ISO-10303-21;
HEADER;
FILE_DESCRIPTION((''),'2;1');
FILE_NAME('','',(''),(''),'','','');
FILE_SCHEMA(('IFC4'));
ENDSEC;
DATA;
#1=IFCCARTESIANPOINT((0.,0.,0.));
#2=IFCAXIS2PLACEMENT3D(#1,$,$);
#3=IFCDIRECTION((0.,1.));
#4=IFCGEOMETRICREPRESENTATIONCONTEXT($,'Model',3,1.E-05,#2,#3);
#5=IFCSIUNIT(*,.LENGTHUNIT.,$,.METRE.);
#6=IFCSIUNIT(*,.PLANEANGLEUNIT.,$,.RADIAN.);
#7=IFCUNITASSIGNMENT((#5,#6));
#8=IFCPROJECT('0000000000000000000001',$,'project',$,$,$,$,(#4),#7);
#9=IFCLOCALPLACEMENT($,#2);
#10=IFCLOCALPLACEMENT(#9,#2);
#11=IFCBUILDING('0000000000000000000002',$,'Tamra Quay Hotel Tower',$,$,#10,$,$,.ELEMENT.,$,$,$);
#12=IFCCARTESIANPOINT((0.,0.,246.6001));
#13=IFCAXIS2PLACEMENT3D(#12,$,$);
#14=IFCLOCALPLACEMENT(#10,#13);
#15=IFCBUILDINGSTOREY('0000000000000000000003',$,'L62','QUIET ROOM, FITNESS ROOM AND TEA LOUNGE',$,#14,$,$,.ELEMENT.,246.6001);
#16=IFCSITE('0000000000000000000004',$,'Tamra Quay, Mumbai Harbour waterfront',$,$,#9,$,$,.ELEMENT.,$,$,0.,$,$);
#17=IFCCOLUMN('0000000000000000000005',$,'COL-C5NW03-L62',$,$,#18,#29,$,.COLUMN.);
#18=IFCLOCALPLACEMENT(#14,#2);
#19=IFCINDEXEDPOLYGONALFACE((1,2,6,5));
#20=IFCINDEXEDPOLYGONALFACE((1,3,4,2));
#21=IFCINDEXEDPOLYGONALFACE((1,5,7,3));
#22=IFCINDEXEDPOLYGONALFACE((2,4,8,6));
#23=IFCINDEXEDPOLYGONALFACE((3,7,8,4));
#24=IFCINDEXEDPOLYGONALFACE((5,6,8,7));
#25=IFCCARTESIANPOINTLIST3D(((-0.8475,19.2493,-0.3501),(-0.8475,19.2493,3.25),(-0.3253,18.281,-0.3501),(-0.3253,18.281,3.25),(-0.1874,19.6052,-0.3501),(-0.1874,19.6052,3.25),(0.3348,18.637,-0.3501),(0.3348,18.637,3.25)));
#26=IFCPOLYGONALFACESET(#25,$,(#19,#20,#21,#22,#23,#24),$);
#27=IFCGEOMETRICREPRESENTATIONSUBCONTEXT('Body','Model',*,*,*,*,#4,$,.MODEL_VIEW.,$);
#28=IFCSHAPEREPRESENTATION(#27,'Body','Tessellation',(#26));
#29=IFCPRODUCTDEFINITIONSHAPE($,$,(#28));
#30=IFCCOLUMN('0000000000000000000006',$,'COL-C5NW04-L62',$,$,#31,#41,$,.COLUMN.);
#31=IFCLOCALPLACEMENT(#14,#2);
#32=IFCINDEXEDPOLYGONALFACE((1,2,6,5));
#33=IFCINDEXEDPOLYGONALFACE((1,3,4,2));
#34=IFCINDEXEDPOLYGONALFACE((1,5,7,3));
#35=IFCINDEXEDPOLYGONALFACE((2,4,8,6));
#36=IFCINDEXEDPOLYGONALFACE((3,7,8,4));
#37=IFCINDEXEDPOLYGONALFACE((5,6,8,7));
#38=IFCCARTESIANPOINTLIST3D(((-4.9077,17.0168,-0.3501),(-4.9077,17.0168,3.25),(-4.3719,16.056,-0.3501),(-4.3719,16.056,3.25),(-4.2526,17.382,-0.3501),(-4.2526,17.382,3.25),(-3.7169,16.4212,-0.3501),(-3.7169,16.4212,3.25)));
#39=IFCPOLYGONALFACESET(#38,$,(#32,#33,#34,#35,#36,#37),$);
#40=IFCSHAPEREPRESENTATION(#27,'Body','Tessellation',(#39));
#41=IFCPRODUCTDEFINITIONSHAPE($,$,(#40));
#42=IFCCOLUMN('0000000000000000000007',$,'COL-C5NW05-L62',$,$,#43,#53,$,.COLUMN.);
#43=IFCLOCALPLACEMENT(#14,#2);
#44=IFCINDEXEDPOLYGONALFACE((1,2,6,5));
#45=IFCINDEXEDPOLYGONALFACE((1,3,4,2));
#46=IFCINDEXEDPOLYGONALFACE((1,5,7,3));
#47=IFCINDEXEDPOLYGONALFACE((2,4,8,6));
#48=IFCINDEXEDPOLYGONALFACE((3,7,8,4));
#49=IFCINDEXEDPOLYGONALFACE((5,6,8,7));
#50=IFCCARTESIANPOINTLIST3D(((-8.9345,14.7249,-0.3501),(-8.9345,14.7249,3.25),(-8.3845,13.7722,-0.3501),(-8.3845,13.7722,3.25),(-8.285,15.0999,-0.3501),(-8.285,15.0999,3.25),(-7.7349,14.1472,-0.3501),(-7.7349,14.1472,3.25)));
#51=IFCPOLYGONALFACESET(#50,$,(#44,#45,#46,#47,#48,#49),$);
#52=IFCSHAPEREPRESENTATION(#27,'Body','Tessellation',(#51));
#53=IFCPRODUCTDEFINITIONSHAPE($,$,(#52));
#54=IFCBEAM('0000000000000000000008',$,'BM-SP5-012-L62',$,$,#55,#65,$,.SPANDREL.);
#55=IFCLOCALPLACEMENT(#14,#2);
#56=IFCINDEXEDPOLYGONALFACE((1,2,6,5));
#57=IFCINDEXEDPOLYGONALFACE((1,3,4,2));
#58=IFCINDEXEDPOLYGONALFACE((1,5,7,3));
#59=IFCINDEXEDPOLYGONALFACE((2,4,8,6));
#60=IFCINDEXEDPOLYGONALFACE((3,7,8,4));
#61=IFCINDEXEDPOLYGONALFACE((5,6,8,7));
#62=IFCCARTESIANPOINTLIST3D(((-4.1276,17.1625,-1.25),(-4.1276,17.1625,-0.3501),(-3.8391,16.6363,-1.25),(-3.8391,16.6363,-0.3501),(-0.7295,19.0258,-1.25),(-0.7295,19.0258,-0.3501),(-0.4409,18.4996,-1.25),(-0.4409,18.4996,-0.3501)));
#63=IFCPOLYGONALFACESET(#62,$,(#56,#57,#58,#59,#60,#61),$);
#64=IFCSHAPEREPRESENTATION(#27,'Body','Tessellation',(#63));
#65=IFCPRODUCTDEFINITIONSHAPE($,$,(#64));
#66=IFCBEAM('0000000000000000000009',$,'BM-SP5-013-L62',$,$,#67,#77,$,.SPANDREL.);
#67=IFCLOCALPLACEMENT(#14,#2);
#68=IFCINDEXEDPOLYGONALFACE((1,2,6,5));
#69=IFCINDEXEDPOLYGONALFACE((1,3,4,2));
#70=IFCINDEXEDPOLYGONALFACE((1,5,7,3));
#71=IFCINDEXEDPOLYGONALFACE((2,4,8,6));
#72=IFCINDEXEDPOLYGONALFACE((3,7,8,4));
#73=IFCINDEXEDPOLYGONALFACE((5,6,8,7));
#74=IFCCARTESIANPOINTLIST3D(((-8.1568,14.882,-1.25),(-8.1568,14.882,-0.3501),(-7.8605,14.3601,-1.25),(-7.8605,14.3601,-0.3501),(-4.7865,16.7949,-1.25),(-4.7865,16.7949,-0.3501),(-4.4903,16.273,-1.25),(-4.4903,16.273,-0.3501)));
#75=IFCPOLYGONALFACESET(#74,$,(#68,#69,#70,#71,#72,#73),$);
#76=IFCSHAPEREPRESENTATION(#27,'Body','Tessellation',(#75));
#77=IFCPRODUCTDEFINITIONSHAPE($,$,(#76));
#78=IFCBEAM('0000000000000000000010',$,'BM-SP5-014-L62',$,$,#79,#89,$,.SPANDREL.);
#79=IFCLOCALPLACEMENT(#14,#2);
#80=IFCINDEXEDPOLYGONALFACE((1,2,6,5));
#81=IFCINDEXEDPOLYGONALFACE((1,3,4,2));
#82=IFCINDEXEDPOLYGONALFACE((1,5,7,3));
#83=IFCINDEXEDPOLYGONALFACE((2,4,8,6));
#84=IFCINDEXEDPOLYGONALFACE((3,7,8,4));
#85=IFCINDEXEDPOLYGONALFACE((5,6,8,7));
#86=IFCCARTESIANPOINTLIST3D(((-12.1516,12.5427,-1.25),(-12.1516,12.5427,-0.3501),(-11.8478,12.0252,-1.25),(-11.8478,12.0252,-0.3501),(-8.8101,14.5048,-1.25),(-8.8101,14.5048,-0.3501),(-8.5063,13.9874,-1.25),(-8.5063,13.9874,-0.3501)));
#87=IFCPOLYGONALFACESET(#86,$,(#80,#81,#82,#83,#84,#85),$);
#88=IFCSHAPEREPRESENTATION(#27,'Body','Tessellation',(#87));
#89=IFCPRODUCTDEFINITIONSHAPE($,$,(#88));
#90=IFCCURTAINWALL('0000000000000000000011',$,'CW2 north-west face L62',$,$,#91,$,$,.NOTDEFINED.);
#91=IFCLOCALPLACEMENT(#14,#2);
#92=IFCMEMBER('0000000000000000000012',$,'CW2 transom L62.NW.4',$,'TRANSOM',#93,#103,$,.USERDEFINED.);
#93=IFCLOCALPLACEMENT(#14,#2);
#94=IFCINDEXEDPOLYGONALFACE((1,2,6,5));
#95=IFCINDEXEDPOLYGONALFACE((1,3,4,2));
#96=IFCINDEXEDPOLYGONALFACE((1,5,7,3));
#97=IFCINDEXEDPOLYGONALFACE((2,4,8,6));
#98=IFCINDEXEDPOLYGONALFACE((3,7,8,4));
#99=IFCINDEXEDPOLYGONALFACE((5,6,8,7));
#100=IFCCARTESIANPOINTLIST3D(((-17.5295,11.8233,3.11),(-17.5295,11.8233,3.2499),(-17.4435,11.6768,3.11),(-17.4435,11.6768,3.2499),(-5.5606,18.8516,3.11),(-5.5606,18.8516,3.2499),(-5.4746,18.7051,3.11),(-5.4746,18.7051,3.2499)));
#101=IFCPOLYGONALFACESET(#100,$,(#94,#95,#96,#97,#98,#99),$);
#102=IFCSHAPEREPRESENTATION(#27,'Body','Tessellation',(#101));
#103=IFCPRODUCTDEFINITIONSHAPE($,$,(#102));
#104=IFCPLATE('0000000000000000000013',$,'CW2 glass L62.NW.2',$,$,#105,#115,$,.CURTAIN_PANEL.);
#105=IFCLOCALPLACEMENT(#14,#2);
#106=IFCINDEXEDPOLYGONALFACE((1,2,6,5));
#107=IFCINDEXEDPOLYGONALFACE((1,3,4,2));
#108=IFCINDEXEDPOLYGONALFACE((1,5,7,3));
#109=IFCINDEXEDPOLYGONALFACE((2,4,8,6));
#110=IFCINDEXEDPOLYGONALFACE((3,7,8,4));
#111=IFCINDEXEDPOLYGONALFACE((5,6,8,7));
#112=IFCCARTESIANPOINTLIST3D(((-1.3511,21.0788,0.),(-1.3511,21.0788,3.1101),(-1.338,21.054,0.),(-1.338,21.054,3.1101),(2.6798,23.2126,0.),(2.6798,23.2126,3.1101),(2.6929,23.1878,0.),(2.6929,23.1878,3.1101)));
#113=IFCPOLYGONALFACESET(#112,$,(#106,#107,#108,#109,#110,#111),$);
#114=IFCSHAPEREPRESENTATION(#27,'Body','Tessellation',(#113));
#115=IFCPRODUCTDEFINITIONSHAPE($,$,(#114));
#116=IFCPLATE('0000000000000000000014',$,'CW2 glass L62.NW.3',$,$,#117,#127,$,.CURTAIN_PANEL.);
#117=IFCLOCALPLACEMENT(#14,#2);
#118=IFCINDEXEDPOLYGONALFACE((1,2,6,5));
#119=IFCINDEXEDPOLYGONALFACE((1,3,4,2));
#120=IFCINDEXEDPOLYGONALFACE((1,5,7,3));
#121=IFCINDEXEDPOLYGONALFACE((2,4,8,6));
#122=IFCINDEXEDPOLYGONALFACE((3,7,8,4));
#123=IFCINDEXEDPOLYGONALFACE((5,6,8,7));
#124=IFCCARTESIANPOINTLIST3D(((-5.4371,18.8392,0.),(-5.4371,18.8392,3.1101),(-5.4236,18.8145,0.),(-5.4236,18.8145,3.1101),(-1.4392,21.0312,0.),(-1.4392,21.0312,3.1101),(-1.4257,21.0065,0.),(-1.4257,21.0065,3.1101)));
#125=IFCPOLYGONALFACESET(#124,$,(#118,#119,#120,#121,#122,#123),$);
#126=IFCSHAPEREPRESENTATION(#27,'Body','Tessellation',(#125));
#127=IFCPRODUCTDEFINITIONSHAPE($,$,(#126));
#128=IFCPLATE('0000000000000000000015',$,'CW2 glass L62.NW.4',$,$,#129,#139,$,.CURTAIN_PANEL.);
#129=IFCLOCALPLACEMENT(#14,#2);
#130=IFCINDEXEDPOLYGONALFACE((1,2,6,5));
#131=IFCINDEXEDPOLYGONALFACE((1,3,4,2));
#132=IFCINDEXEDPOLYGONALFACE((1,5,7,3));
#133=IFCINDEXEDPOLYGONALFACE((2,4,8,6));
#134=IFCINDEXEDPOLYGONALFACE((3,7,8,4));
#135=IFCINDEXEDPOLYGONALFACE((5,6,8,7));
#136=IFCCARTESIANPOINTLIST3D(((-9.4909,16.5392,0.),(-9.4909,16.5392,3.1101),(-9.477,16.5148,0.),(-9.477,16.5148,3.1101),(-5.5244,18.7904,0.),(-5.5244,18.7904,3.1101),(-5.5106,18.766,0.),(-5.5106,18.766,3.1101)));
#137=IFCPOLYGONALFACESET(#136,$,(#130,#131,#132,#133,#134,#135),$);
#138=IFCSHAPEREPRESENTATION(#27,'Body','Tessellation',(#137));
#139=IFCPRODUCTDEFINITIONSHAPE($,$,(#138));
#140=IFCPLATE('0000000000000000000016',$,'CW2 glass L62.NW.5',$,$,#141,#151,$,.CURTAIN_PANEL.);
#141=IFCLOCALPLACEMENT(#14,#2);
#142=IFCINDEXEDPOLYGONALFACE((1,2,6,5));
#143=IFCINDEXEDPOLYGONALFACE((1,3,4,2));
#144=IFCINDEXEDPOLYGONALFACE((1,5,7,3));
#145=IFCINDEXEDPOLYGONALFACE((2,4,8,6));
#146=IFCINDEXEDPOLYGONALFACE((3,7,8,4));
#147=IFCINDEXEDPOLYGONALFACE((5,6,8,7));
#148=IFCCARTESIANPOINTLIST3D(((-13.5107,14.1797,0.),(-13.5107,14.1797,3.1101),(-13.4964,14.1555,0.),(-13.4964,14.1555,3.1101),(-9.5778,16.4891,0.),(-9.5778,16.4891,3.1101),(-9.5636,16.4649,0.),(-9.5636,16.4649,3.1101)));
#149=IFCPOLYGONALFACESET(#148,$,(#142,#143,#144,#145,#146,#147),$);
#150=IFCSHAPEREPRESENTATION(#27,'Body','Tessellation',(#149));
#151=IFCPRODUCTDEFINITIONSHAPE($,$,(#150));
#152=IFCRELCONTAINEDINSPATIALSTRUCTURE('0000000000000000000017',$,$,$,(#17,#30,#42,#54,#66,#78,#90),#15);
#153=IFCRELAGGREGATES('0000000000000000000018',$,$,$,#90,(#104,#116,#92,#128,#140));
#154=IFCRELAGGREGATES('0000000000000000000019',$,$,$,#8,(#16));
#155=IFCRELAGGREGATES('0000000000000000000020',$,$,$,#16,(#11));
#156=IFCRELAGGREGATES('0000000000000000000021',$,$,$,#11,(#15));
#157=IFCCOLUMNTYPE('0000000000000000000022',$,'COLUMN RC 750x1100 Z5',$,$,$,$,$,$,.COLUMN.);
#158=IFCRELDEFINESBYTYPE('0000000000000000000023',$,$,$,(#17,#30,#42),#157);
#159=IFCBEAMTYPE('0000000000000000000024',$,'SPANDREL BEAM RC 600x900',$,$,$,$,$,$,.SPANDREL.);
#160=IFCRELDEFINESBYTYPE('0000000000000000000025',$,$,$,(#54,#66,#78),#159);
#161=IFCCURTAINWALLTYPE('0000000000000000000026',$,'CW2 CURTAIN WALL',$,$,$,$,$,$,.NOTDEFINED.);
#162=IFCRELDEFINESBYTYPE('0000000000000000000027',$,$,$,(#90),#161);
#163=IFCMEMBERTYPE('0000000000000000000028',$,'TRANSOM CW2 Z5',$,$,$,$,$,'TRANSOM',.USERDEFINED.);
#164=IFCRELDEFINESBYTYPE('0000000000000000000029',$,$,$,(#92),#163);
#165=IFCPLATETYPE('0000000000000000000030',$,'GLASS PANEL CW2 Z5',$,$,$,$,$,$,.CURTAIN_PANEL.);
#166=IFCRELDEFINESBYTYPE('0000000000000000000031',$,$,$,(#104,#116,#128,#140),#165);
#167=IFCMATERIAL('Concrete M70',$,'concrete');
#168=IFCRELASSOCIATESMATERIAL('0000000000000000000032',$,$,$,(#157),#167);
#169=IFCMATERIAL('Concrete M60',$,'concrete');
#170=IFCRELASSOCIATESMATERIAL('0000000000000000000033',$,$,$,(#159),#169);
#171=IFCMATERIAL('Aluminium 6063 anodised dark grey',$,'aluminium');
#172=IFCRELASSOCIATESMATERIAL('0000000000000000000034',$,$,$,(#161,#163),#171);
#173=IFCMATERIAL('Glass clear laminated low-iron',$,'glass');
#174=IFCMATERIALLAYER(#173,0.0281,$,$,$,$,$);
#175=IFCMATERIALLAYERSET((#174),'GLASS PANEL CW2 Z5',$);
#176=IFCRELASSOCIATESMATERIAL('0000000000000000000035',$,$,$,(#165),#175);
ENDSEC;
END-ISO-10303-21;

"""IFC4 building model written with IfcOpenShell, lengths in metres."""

from ifc_helpers import new_model, si_unit, direction, frame, origin, origin_2d, place, context, subcontext, project, spatial, rectangle, extrude, material, layer, layer_set, material_profile, profile_set, type_object, element, aggregate, save


model = new_model("IFC4")

# Units and contexts
model_context = context("Model", 3, precision=1e-05, world=origin(), true_north=direction((0.0, 1.0)))
body_context = subcontext(model_context, "Body", "Model", "MODEL_VIEW")
ifc_project = project(units=[si_unit("LENGTHUNIT", "METRE"), si_unit("PLANEANGLEUNIT", "RADIAN")], contexts=[model_context])

# Site, building, storey
site_placement = place(None, origin())
site = spatial("IfcSite", under=ifc_project, at=site_placement, Name="Tamra Quay, Mumbai Harbour waterfront", CompositionType="ELEMENT", RefElevation=0.0)
building_placement = place(site_placement, origin())
building = spatial("IfcBuilding", under=site, at=building_placement, Name="Tamra Quay Hotel Tower", CompositionType="ELEMENT")
storey_placement = place(building_placement, frame((0.0, 0.0, 246.6001)))
storey = spatial("IfcBuildingStorey", under=building, at=storey_placement, Name="L62", Description="QUIET ROOM, FITNESS ROOM AND TEA LOUNGE", CompositionType="ELEMENT", Elevation=246.6001)

# Columns
ifc_material_1 = material(Name="Concrete M70", Category="concrete")
ifc_material_profile_1 = material_profile(ifc_material_1, rectangle(XDim=1.1001, YDim=0.75, at=origin_2d()), Name="COLUMN RC 750x1100 Z5")
ifc_profile_set_1 = profile_set([ifc_material_profile_1], Name="Concrete M70")
column_type = type_object("IfcColumnType", Name="COLUMN RC 750x1100 Z5", PredefinedType="COLUMN", material=ifc_profile_set_1)
for number, where, z_axis, x_axis, name in (
    (1, (-0.2563, 18.9431, -0.3501), (0.0, 0.0, 1.0), (-0.474651, 0.880174, 0.0), "COL-C5NW03-L62"),
    (2, (-4.3123, 16.719, -0.3501), (0.0, 0.0, 1.0), (-0.486989, 0.873408, 0.0), "COL-C5NW04-L62"),
    (3, (-8.3347, 14.436, -0.3501), (0.0, 0.0, 1.0), (-0.5, 0.866025, 0.0), "COL-C5NW05-L62"),
):
    element("IfcColumn", number, at=place(storey_placement, frame(where, z_axis=z_axis, x_axis=x_axis)), inside=storey, type_object=column_type, Name=name, PredefinedType="COLUMN", context=body_context, shape_type="SweptSolid", body=[
        extrude(rectangle(XDim=1.1001, YDim=0.75, at=origin_2d()), origin(), (0.0, 0.0, 1.0), 3.6001),
    ])

# Beams
ifc_material_2 = material(Name="Concrete M60", Category="concrete")
ifc_material_profile_2 = material_profile(ifc_material_2, rectangle(XDim=0.6001, YDim=0.8999, at=origin_2d()), Name="SPANDREL BEAM RC 600x900")
ifc_profile_set_2 = profile_set([ifc_material_profile_2], Name="Concrete M60")
beam_type = type_object("IfcBeamType", Name="SPANDREL BEAM RC 600x900", PredefinedType="SPANDREL", material=ifc_profile_set_2)
beam_1_placement = place(storey_placement, frame((-0.5852, 18.7627, -0.8), z_axis=(-0.876839, -0.480784, 0.0), x_axis=(0.480784, -0.876839, 0.0)))
element("IfcBeam", 4, at=beam_1_placement, inside=storey, type_object=beam_type, Name="BM-SP5-012-L62", PredefinedType="SPANDREL", context=body_context, shape_type="SweptSolid", body=[
    extrude(rectangle(XDim=0.6001, YDim=0.8999, at=origin_2d()), origin(), (0.0, 0.0, 1.0), 3.8755),
])
beam_2_placement = place(storey_placement, frame((-4.6384, 16.5339, -0.8), z_axis=(-0.869678, -0.49362, 0.0), x_axis=(0.49362, -0.869678, 0.0)))
element("IfcBeam", 5, at=beam_2_placement, inside=storey, type_object=beam_type, Name="BM-SP5-013-L62", PredefinedType="SPANDREL", context=body_context, shape_type="SweptSolid", body=[
    extrude(rectangle(XDim=0.6001, YDim=0.8999, at=origin_2d()), origin(), (0.0, 0.0, 1.0), 3.8752),
])
beam_3_placement = place(storey_placement, frame((-8.6582, 14.2461, -0.8), z_axis=(-0.862324, -0.506356, 0.0), x_axis=(0.506356, -0.862324, 0.0)))
element("IfcBeam", 6, at=beam_3_placement, inside=storey, type_object=beam_type, Name="BM-SP5-014-L62", PredefinedType="SPANDREL", context=body_context, shape_type="SweptSolid", body=[
    extrude(rectangle(XDim=0.6001, YDim=0.8999, at=origin_2d()), origin(), (0.0, 0.0, 1.0), 3.875),
])

# Curtain wall, member, plates
ifc_material_3 = material(Name="Aluminium 6063 anodised dark grey", Category="aluminium")
curtain_wall_type = type_object("IfcCurtainWallType", Name="CW2 CURTAIN WALL", PredefinedType="NOTDEFINED", material=ifc_material_3)
curtain_wall_placement = place(storey_placement, origin())
curtain_wall = element("IfcCurtainWall", 7, at=curtain_wall_placement, inside=storey, type_object=curtain_wall_type, Name="CW2 north-west face L62", PredefinedType="NOTDEFINED")
ifc_material_profile_3 = material_profile(ifc_material_3, rectangle(XDim=0.1699, YDim=0.1399, at=origin_2d()), Name="TRANSOM 170X140")
ifc_profile_set_3 = profile_set([ifc_material_profile_3], Name="Aluminium 6063 anodised dark grey")
member_type = type_object("IfcMemberType", Name="TRANSOM CW2 Z5", ElementType="TRANSOM", PredefinedType="USERDEFINED", material=ifc_profile_set_3)
member_placement = place(storey_placement, frame((-5.5176, 18.7783, 3.1799), z_axis=(-0.86232, -0.506364, 0.0), x_axis=(0.506364, -0.86232, 0.0)))
member = element("IfcMember", 8, at=member_placement, type_object=member_type, Name="CW2 transom L62.NW.4", ObjectType="TRANSOM", PredefinedType="USERDEFINED", context=body_context, shape_type="SweptSolid", body=[
    extrude(rectangle(XDim=0.1699, YDim=0.1399, at=origin_2d()), origin(), (0.0, 0.0, 1.0), 13.8799),
])
ifc_material_4 = material(Name="Glass clear laminated low-iron", Category="glass")
ifc_layer_1 = layer(ifc_material_4, 0.0281)
ifc_layer_set_1 = layer_set([ifc_layer_1], Name="GLASS PANEL CW2 Z5")
plate_type = type_object("IfcPlateType", Name="GLASS PANEL CW2 Z5", PredefinedType="CURTAIN_PANEL", material=ifc_layer_set_1)
plate_1_placement = place(storey_placement, frame((0.6709, 22.1333, 0.0), z_axis=(0.0, 0.0, 1.0), x_axis=(-0.883813, -0.467841, 0.0)))
plate_1 = element("IfcPlate", 9, at=plate_1_placement, type_object=plate_type, Name="CW2 glass L62.NW.2", PredefinedType="CURTAIN_PANEL", context=body_context, shape_type="SweptSolid", body=[
    extrude(rectangle(XDim=4.5608, YDim=0.0281, at=origin_2d()), origin(), (0.0, 0.0, 1.0), 3.1101),
])
plate_2_placement = place(storey_placement, frame((-3.4314, 19.9229, 0.0), z_axis=(0.0, 0.0, 1.0), x_axis=(-0.876846, -0.480771, 0.0)))
plate_2 = element("IfcPlate", 10, at=plate_2_placement, type_object=plate_type, Name="CW2 glass L62.NW.3", PredefinedType="CURTAIN_PANEL", context=body_context, shape_type="SweptSolid", body=[
    extrude(rectangle(XDim=4.5593, YDim=0.0281, at=origin_2d()), origin(), (0.0, 0.0, 1.0), 3.1101),
])
plate_3_placement = place(storey_placement, frame((-7.5007, 17.6526, 0.0), z_axis=(0.0, 0.0, 1.0), x_axis=(-0.869683, -0.493611, 0.0)))
plate_3 = element("IfcPlate", 11, at=plate_3_placement, type_object=plate_type, Name="CW2 glass L62.NW.4", PredefinedType="CURTAIN_PANEL", context=body_context, shape_type="SweptSolid", body=[
    extrude(rectangle(XDim=4.5608, YDim=0.0281, at=origin_2d()), origin(), (0.0, 0.0, 1.0), 3.1101),
])
plate_4_placement = place(storey_placement, frame((-11.5371, 15.3223, 0.0), z_axis=(0.0, 0.0, 1.0), x_axis=(-0.862321, -0.506362, 0.0)))
plate_4 = element("IfcPlate", 12, at=plate_4_placement, type_object=plate_type, Name="CW2 glass L62.NW.5", PredefinedType="CURTAIN_PANEL", context=body_context, shape_type="SweptSolid", body=[
    extrude(rectangle(XDim=4.5608, YDim=0.0281, at=origin_2d()), origin(), (0.0, 0.0, 1.0), 3.1101),
])
aggregate(curtain_wall, [plate_1, plate_2, member, plate_3, plate_4])

save(model, "model.ifc")
